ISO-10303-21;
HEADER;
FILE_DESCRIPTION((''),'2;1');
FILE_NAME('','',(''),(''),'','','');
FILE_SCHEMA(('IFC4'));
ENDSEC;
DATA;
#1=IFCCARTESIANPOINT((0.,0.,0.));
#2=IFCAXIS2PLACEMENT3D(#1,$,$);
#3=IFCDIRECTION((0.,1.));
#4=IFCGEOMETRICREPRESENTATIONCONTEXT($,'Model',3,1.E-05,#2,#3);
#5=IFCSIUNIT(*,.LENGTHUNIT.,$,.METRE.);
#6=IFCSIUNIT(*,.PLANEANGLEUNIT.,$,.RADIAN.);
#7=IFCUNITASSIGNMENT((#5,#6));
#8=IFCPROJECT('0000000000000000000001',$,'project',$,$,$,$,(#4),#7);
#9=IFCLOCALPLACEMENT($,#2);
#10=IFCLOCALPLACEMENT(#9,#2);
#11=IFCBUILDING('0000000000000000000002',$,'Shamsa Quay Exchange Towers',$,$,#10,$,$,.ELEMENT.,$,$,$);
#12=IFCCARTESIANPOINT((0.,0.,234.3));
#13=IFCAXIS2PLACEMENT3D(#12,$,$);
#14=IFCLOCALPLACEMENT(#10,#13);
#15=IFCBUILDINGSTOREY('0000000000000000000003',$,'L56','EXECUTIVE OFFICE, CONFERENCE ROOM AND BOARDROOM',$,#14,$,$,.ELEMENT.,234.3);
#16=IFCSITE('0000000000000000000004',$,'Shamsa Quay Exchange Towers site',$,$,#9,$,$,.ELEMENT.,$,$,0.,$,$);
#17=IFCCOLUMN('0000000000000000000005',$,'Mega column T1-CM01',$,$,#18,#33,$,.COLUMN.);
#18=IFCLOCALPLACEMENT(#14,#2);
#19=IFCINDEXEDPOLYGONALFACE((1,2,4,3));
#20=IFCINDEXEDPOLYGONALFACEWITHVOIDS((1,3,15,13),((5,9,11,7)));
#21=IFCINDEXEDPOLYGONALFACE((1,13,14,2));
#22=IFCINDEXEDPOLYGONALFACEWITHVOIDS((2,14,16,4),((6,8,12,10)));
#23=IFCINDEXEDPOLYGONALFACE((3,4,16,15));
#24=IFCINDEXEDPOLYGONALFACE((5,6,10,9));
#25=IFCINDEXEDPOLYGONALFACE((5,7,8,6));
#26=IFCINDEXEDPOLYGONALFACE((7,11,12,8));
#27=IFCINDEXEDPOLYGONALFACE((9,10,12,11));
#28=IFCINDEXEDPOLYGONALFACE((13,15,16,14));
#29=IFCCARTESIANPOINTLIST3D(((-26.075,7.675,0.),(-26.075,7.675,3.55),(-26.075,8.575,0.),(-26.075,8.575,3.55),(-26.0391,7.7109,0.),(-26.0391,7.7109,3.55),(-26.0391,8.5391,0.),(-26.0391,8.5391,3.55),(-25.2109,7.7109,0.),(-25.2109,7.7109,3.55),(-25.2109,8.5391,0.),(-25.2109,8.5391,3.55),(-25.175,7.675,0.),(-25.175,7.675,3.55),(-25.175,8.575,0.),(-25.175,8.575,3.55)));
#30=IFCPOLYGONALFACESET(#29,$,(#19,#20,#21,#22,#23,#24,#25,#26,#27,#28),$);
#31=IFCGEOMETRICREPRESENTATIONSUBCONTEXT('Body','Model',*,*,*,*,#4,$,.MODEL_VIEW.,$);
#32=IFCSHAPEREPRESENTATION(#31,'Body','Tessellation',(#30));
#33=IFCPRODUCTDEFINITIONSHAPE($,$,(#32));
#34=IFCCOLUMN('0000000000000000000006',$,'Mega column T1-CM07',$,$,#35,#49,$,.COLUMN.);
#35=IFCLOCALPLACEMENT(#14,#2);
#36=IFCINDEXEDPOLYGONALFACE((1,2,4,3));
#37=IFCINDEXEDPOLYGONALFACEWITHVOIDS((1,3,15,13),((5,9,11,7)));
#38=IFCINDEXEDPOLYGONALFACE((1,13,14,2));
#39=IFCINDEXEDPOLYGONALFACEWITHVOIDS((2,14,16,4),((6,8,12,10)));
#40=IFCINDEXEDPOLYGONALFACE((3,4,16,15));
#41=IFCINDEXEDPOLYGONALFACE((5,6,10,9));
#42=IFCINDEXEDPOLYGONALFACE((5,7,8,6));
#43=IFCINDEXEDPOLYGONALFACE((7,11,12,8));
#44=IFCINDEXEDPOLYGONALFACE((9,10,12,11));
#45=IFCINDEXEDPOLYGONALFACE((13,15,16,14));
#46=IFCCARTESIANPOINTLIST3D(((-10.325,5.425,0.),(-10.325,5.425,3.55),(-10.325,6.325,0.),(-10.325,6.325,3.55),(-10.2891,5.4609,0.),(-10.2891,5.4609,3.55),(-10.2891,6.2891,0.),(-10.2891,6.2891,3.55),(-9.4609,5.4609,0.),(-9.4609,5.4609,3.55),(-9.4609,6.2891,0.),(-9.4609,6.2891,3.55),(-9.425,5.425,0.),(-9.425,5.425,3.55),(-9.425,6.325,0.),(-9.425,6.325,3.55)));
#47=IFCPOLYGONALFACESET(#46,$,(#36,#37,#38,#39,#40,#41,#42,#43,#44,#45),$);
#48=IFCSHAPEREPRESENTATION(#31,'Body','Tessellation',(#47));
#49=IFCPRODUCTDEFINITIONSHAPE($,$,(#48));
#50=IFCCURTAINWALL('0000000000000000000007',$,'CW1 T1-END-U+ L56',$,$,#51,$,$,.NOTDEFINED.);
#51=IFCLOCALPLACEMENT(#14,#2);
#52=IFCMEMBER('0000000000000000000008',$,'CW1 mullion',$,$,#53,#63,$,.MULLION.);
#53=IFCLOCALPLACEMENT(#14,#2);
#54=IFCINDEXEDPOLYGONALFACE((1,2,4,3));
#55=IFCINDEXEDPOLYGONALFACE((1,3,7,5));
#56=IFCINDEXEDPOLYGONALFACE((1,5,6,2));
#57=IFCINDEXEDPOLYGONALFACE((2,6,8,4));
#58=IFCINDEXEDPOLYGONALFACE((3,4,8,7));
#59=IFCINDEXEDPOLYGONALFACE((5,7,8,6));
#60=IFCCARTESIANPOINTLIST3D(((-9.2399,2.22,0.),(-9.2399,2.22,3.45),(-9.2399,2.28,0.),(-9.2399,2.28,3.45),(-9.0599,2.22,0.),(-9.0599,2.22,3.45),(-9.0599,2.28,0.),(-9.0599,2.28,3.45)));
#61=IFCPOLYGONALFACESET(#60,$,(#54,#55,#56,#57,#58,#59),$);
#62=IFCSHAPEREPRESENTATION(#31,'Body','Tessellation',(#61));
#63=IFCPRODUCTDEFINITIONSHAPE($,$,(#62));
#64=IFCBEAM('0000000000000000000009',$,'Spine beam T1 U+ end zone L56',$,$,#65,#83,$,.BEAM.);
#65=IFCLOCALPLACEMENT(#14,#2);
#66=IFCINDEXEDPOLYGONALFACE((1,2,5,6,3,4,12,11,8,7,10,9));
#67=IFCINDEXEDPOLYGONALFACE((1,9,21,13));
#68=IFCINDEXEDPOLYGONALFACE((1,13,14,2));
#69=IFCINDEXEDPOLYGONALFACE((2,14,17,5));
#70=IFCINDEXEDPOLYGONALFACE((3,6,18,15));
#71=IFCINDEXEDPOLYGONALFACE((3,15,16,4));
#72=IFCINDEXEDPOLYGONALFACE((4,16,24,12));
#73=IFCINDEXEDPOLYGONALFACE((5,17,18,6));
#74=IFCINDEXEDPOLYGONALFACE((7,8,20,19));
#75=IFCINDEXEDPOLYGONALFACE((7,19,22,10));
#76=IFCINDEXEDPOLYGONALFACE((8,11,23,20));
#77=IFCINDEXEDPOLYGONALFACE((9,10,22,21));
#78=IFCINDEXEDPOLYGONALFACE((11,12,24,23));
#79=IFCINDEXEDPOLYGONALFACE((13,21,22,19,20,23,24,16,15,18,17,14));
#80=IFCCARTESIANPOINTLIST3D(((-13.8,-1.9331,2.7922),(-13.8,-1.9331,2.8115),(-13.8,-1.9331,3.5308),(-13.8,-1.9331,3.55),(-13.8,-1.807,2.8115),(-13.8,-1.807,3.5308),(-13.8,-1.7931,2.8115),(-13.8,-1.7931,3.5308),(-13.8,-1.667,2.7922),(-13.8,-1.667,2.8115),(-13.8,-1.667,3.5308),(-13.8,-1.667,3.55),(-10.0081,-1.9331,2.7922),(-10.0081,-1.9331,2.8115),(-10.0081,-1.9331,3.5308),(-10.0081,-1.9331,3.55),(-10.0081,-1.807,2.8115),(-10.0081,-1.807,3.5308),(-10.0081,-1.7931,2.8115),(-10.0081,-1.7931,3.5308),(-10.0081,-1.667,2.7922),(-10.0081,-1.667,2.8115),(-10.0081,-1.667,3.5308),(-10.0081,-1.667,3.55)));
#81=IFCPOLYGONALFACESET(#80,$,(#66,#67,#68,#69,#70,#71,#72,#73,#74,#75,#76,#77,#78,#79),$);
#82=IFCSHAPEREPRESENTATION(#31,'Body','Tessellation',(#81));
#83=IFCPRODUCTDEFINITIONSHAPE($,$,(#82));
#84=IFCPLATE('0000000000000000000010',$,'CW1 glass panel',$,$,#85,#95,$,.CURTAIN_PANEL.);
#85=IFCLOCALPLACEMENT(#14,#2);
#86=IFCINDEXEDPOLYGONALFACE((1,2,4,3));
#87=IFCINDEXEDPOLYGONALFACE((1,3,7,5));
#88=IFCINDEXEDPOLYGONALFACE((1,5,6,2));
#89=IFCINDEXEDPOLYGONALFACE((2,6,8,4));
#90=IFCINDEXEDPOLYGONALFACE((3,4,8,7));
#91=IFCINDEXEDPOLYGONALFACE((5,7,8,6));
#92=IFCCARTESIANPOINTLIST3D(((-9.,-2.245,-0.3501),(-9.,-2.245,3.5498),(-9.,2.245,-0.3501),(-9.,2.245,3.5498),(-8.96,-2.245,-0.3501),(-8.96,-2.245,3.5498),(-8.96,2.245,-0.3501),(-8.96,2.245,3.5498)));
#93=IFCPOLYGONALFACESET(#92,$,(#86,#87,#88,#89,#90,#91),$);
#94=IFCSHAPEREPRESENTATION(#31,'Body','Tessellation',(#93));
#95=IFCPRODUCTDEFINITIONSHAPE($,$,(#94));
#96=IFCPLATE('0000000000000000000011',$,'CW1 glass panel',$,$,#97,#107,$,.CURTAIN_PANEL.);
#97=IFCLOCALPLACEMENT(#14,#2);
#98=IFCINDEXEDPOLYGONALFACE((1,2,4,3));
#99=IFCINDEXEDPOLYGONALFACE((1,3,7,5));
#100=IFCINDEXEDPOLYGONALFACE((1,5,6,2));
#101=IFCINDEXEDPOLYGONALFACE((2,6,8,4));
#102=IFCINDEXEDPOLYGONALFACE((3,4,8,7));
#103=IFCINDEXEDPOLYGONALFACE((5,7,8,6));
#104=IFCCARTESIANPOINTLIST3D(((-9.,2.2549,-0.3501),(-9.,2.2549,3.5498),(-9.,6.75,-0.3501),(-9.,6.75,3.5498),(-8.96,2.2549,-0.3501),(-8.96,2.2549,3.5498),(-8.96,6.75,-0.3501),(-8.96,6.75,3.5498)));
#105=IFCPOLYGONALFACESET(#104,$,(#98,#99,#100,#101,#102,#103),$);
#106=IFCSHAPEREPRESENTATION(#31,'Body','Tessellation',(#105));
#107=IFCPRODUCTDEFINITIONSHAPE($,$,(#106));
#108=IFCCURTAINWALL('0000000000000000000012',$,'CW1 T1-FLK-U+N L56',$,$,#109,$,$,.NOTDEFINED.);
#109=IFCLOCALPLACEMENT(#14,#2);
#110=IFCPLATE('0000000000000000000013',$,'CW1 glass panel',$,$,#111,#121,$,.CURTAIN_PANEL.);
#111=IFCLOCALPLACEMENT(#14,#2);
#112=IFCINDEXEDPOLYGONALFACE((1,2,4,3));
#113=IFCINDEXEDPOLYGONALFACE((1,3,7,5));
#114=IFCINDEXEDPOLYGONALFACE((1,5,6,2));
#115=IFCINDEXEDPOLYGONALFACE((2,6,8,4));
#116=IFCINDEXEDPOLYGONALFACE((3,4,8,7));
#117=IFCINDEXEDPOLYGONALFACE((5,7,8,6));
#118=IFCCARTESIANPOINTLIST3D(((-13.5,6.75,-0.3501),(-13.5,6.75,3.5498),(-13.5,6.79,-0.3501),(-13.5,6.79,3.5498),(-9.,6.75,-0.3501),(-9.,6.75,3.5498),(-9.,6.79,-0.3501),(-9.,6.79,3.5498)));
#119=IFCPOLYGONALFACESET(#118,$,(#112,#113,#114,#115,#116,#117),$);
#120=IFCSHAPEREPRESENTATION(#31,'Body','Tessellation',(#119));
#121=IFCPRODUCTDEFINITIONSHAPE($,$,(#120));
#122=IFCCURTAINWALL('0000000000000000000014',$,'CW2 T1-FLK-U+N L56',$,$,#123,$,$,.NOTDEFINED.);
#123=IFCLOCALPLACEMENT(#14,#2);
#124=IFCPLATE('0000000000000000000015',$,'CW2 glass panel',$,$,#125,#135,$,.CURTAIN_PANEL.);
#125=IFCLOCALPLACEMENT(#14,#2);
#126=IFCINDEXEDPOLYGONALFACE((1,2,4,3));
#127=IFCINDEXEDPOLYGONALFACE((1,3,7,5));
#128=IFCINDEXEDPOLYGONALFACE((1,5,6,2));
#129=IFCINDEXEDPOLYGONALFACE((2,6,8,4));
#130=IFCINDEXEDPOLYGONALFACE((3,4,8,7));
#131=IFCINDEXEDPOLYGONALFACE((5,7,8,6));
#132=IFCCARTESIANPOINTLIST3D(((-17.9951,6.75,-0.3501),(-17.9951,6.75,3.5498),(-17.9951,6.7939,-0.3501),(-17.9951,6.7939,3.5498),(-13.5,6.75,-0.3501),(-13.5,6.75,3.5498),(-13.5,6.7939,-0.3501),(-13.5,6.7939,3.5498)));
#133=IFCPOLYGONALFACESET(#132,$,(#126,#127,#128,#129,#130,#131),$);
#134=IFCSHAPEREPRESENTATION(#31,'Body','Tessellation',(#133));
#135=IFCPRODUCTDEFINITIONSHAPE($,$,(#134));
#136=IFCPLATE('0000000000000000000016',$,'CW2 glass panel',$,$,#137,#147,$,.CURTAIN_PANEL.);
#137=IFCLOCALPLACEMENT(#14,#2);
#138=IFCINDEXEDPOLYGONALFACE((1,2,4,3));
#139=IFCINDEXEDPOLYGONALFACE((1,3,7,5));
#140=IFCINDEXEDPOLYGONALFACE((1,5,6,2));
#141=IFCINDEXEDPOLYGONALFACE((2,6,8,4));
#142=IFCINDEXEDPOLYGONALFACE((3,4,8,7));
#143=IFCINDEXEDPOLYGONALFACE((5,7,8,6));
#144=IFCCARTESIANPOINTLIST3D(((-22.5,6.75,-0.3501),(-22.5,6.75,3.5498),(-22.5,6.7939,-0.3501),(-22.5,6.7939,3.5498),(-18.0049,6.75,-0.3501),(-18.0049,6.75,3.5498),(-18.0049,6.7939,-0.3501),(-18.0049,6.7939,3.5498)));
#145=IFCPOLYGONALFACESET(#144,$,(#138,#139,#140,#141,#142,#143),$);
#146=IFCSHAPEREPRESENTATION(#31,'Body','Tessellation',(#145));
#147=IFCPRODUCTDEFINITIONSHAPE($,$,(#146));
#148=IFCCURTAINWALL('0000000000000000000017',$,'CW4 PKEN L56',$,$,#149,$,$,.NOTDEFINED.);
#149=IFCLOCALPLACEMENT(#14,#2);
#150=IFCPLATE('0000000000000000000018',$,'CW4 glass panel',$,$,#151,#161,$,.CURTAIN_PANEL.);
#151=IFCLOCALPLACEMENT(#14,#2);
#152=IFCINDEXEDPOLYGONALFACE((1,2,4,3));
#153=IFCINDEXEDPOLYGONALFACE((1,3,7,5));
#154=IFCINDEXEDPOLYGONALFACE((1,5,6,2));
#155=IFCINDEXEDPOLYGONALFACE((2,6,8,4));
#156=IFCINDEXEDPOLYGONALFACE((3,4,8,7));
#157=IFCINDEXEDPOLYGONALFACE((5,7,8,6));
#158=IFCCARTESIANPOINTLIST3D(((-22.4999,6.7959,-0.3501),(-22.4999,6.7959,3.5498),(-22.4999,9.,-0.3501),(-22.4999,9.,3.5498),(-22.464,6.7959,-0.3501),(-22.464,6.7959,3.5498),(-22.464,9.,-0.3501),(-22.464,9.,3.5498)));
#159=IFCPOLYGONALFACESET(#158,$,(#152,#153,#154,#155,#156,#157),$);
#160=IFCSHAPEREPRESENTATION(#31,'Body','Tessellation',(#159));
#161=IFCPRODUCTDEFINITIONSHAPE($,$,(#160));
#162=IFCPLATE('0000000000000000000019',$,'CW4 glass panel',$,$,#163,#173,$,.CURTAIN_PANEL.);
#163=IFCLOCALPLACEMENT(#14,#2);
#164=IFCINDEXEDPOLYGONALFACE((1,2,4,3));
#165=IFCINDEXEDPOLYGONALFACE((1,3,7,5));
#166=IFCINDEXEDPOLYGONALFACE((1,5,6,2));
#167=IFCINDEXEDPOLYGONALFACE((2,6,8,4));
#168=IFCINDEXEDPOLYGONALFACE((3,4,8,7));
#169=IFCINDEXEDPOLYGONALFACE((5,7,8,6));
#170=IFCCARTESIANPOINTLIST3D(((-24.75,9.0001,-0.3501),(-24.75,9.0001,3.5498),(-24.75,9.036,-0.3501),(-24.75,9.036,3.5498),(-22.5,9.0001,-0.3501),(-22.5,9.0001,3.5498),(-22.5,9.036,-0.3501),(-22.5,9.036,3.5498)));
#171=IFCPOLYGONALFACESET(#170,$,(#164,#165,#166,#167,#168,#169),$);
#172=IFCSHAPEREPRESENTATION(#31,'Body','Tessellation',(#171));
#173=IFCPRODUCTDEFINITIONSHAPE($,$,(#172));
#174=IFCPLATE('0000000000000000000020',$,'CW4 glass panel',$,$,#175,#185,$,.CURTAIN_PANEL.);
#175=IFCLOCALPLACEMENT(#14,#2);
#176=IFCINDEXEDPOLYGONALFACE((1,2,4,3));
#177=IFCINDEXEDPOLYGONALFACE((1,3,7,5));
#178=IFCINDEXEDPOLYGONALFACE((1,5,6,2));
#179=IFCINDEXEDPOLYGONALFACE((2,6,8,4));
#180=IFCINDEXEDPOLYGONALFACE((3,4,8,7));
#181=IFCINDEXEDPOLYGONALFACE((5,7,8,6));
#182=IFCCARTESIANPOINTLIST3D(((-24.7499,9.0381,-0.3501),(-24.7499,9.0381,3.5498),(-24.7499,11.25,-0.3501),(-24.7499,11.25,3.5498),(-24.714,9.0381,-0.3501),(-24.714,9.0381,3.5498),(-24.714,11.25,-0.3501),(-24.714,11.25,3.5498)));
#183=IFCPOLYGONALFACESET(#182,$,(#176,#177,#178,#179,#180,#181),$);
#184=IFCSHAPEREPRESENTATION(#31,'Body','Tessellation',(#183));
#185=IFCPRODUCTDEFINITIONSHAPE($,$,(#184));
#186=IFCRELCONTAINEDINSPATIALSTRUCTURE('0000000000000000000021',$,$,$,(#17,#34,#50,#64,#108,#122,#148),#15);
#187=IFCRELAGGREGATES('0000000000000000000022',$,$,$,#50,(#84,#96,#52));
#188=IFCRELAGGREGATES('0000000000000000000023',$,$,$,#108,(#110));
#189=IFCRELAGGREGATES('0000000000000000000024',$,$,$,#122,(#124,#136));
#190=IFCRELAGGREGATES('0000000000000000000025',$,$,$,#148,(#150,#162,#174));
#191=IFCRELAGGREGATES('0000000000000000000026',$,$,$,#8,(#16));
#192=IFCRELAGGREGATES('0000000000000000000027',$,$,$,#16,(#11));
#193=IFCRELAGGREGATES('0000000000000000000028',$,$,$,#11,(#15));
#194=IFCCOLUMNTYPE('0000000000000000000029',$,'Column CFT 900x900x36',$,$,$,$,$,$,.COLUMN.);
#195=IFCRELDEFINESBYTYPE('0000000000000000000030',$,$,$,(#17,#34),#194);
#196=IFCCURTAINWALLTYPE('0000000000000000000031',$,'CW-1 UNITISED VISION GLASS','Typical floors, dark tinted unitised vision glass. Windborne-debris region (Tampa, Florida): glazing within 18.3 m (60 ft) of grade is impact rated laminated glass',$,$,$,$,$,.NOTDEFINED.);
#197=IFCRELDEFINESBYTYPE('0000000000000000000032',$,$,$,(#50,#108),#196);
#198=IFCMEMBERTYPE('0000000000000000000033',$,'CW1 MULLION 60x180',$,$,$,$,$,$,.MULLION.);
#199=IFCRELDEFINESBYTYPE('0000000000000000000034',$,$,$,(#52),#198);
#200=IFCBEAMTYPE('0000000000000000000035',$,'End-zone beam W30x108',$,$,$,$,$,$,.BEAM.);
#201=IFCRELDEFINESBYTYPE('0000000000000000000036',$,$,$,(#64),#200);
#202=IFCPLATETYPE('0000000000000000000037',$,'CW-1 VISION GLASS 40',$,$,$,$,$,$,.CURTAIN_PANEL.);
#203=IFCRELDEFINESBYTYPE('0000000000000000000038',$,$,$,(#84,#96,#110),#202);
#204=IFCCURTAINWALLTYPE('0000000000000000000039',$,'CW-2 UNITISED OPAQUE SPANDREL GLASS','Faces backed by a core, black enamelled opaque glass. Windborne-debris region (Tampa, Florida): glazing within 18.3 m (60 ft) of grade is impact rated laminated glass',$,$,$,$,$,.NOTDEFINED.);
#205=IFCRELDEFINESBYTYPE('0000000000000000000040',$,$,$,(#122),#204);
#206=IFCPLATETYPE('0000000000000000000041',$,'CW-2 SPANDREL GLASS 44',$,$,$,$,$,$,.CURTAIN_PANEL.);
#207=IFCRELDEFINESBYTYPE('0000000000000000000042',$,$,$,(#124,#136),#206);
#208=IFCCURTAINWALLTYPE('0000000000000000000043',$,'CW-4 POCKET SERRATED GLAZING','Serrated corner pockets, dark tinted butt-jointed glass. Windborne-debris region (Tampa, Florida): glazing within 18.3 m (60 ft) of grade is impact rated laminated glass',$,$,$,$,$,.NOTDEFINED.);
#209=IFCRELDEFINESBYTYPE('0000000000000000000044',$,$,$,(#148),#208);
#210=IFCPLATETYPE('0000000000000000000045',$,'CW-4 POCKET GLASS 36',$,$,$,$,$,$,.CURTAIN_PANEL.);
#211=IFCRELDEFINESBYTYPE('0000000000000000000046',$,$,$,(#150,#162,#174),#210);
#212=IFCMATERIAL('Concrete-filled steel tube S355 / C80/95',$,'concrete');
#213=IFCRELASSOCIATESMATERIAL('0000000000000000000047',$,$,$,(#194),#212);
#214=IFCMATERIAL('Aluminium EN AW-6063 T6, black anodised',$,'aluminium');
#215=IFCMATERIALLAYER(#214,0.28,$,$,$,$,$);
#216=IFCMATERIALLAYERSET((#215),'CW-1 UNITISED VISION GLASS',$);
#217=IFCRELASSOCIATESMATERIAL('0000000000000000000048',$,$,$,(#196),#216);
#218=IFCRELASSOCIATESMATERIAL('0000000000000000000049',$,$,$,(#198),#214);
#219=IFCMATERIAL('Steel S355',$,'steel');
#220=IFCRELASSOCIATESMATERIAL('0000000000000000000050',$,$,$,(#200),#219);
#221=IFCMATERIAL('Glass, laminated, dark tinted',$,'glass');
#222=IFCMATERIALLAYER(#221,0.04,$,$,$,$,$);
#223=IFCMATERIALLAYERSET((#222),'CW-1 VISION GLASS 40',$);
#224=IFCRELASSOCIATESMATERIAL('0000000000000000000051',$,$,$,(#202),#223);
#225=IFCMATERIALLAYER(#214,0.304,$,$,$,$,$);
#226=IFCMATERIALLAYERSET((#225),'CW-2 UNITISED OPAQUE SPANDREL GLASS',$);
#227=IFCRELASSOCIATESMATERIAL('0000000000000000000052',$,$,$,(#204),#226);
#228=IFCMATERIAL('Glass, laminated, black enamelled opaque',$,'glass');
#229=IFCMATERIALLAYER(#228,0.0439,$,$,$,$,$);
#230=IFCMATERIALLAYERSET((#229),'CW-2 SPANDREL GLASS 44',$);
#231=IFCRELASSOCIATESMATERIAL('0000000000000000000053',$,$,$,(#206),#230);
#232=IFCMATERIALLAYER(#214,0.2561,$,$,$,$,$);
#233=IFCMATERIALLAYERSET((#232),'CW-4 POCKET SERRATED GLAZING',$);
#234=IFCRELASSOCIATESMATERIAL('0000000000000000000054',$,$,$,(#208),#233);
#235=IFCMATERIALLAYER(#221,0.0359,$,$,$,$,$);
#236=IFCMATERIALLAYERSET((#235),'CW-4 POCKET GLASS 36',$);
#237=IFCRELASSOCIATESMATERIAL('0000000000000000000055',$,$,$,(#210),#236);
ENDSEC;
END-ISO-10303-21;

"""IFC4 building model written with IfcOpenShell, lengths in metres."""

from ifc_helpers import new_model, si_unit, direction, frame, origin, origin_2d, place, context, subcontext, project, spatial, rectangle, hollow_rectangle, i_section, extrude, material, layer, layer_set, material_profile, profile_set, type_object, element, aggregate, save


model = new_model("IFC4")

# Units and contexts
model_context = context("Model", 3, precision=1e-05, world=origin(), true_north=direction((0.0, 1.0)))
body_context = subcontext(model_context, "Body", "Model", "MODEL_VIEW")
ifc_project = project(units=[si_unit("LENGTHUNIT", "METRE"), si_unit("PLANEANGLEUNIT", "RADIAN")], contexts=[model_context])

# Site, building, storey
site_placement = place(None, origin())
site = spatial("IfcSite", under=ifc_project, at=site_placement, Name="Shamsa Quay Exchange Towers site", CompositionType="ELEMENT", RefElevation=0.0)
building_placement = place(site_placement, origin())
building = spatial("IfcBuilding", under=site, at=building_placement, Name="Shamsa Quay Exchange Towers", CompositionType="ELEMENT")
storey_placement = place(building_placement, frame((0.0, 0.0, 234.3)))
storey = spatial("IfcBuildingStorey", under=building, at=storey_placement, Name="L56", Description="EXECUTIVE OFFICE, CONFERENCE ROOM AND BOARDROOM", CompositionType="ELEMENT", Elevation=234.3)

# Columns
ifc_material_1 = material(Name="Concrete-filled steel tube S355 / C80/95", Category="concrete")
ifc_material_profile_1 = material_profile(ifc_material_1, hollow_rectangle(XDim=0.8999, YDim=0.8999, WallThickness=0.0359, at=origin_2d()), Name="CFT 900x900x36")
ifc_profile_set_1 = profile_set([ifc_material_profile_1], Name="Concrete-filled steel tube S355 / C80/95")
column_type = type_object("IfcColumnType", Name="Column CFT 900x900x36", PredefinedType="COLUMN", material=ifc_profile_set_1)
for number, where, name in (
    (1, (-25.625, 8.125, 0.0), "Mega column T1-CM01"),
    (2, (-9.875, 5.875, 0.0), "Mega column T1-CM07"),
):
    element("IfcColumn", number, at=place(storey_placement, frame(where)), inside=storey, type_object=column_type, Name=name, PredefinedType="COLUMN", context=body_context, shape_type="SweptSolid", body=[
        extrude(hollow_rectangle(XDim=0.8999, YDim=0.8999, WallThickness=0.0359, at=origin_2d()), origin(), (0.0, 0.0, 1.0), 3.55),
    ])

# Curtain wall, member
ifc_material_2 = material(Name="Aluminium EN AW-6063 T6, black anodised", Category="aluminium")
ifc_layer_1 = layer(ifc_material_2, 0.28)
ifc_layer_set_1 = layer_set([ifc_layer_1], Name="CW-1 UNITISED VISION GLASS")
curtain_wall_type_1 = type_object("IfcCurtainWallType", Name="CW-1 UNITISED VISION GLASS", Description="Typical floors, dark tinted unitised vision glass. Windborne-debris region (Tampa, Florida): glazing within 18.3 m (60 ft) of grade is impact rated laminated glass", PredefinedType="NOTDEFINED", material=ifc_layer_set_1)
curtain_wall_1_placement = place(storey_placement, origin())
curtain_wall_1 = element("IfcCurtainWall", 3, at=curtain_wall_1_placement, inside=storey, type_object=curtain_wall_type_1, Name="CW1 T1-END-U+ L56", PredefinedType="NOTDEFINED")
ifc_material_profile_2 = material_profile(ifc_material_2, rectangle(XDim=0.1799, YDim=0.0601, at=origin_2d()), Name="MU60x180")
ifc_profile_set_2 = profile_set([ifc_material_profile_2], Name="Aluminium EN AW-6063 T6, black anodised")
member_type = type_object("IfcMemberType", Name="CW1 MULLION 60x180", PredefinedType="MULLION", material=ifc_profile_set_2)
member_placement = place(storey_placement, frame((-9.1499, 2.25, 0.0), z_axis=(0.0, 0.0, 1.0), x_axis=(-1.0, 0.0, 0.0)))
member = element("IfcMember", 4, at=member_placement, type_object=member_type, Name="CW1 mullion", PredefinedType="MULLION", context=body_context, shape_type="SweptSolid", body=[
    extrude(rectangle(XDim=0.1799, YDim=0.0601, at=origin_2d()), origin(), (0.0, 0.0, 1.0), 3.45),
])

# Beam
ifc_material_3 = material(Name="Steel S355", Category="steel")
ifc_material_profile_3 = material_profile(ifc_material_3, i_section(OverallWidth=0.2661, OverallDepth=0.7578, WebThickness=0.0139, FlangeThickness=0.0193, at=origin_2d()), Name="W30x108")
ifc_profile_set_3 = profile_set([ifc_material_profile_3], Name="Steel S355")
beam_type = type_object("IfcBeamType", Name="End-zone beam W30x108", PredefinedType="BEAM", material=ifc_profile_set_3)
beam_placement = place(storey_placement, frame((-13.8, -1.8, 3.1711), z_axis=(1.0, 0.0, 0.0), x_axis=(0.0, 1.0, 0.0)))
element("IfcBeam", 5, at=beam_placement, inside=storey, type_object=beam_type, Name="Spine beam T1 U+ end zone L56", PredefinedType="BEAM", context=body_context, shape_type="SweptSolid", body=[
    extrude(i_section(OverallWidth=0.2661, OverallDepth=0.7578, WebThickness=0.0139, FlangeThickness=0.0193, at=origin_2d()), origin(), (0.0, 0.0, 1.0), 3.792),
])

# Plates
ifc_material_4 = material(Name="Glass, laminated, dark tinted", Category="glass")
ifc_layer_2 = layer(ifc_material_4, 0.04)
ifc_layer_set_2 = layer_set([ifc_layer_2], Name="CW-1 VISION GLASS 40")
plate_type_1 = type_object("IfcPlateType", Name="CW-1 VISION GLASS 40", PredefinedType="CURTAIN_PANEL", material=ifc_layer_set_2)
plate_1_placement = place(storey_placement, frame((-8.98, 0.0, -0.3501), z_axis=(0.0, 0.0, 1.0), x_axis=(0.0, 1.0, 0.0)))
plate_1 = element("IfcPlate", 6, at=plate_1_placement, type_object=plate_type_1, Name="CW1 glass panel", PredefinedType="CURTAIN_PANEL", context=body_context, shape_type="SweptSolid", body=[
    extrude(rectangle(XDim=4.49, YDim=0.04, at=origin_2d()), origin(), (0.0, 0.0, 1.0), 3.8999),
])
plate_2_placement = place(storey_placement, frame((-8.98, 4.5024, -0.3501), z_axis=(0.0, 0.0, 1.0), x_axis=(0.0, 1.0, 0.0)))
plate_2 = element("IfcPlate", 7, at=plate_2_placement, type_object=plate_type_1, Name="CW1 glass panel", PredefinedType="CURTAIN_PANEL", context=body_context, shape_type="SweptSolid", body=[
    extrude(rectangle(XDim=4.4951, YDim=0.04, at=origin_2d()), origin(), (0.0, 0.0, 1.0), 3.8999),
])
aggregate(curtain_wall_1, [plate_1, plate_2, member])

# Curtain wall, plate
curtain_wall_2_placement = place(storey_placement, origin())
curtain_wall_2 = element("IfcCurtainWall", 8, at=curtain_wall_2_placement, inside=storey, type_object=curtain_wall_type_1, Name="CW1 T1-FLK-U+N L56", PredefinedType="NOTDEFINED")
plate_3_placement = place(storey_placement, frame((-11.25, 6.77, -0.3501), z_axis=(0.0, 0.0, 1.0), x_axis=(-1.0, 0.0, 0.0)))
plate_3 = element("IfcPlate", 9, at=plate_3_placement, type_object=plate_type_1, Name="CW1 glass panel", PredefinedType="CURTAIN_PANEL", context=body_context, shape_type="SweptSolid", body=[
    extrude(rectangle(XDim=4.5, YDim=0.04, at=origin_2d()), origin(), (0.0, 0.0, 1.0), 3.8999),
])
aggregate(curtain_wall_2, [plate_3])

# Curtain walls, plates
ifc_layer_3 = layer(ifc_material_2, 0.304)
ifc_layer_set_3 = layer_set([ifc_layer_3], Name="CW-2 UNITISED OPAQUE SPANDREL GLASS")
curtain_wall_type_2 = type_object("IfcCurtainWallType", Name="CW-2 UNITISED OPAQUE SPANDREL GLASS", Description="Faces backed by a core, black enamelled opaque glass. Windborne-debris region (Tampa, Florida): glazing within 18.3 m (60 ft) of grade is impact rated laminated glass", PredefinedType="NOTDEFINED", material=ifc_layer_set_3)
curtain_wall_3_placement = place(storey_placement, origin())
curtain_wall_3 = element("IfcCurtainWall", 10, at=curtain_wall_3_placement, inside=storey, type_object=curtain_wall_type_2, Name="CW2 T1-FLK-U+N L56", PredefinedType="NOTDEFINED")
ifc_material_5 = material(Name="Glass, laminated, black enamelled opaque", Category="glass")
ifc_layer_4 = layer(ifc_material_5, 0.0439)
ifc_layer_set_4 = layer_set([ifc_layer_4], Name="CW-2 SPANDREL GLASS 44")
plate_type_2 = type_object("IfcPlateType", Name="CW-2 SPANDREL GLASS 44", PredefinedType="CURTAIN_PANEL", material=ifc_layer_set_4)
plate_4_placement = place(storey_placement, frame((-15.7476, 6.772, -0.3501), z_axis=(0.0, 0.0, 1.0), x_axis=(-1.0, 0.0, 0.0)))
plate_4 = element("IfcPlate", 11, at=plate_4_placement, type_object=plate_type_2, Name="CW2 glass panel", PredefinedType="CURTAIN_PANEL", context=body_context, shape_type="SweptSolid", body=[
    extrude(rectangle(XDim=4.4951, YDim=0.0439, at=origin_2d()), origin(), (0.0, 0.0, 1.0), 3.8999),
])
plate_5_placement = place(storey_placement, frame((-20.2524, 6.772, -0.3501), z_axis=(0.0, 0.0, 1.0), x_axis=(-1.0, 0.0, 0.0)))
plate_5 = element("IfcPlate", 12, at=plate_5_placement, type_object=plate_type_2, Name="CW2 glass panel", PredefinedType="CURTAIN_PANEL", context=body_context, shape_type="SweptSolid", body=[
    extrude(rectangle(XDim=4.4951, YDim=0.0439, at=origin_2d()), origin(), (0.0, 0.0, 1.0), 3.8999),
])
aggregate(curtain_wall_3, [plate_4, plate_5])
ifc_layer_5 = layer(ifc_material_2, 0.2561)
ifc_layer_set_5 = layer_set([ifc_layer_5], Name="CW-4 POCKET SERRATED GLAZING")
curtain_wall_type_3 = type_object("IfcCurtainWallType", Name="CW-4 POCKET SERRATED GLAZING", Description="Serrated corner pockets, dark tinted butt-jointed glass. Windborne-debris region (Tampa, Florida): glazing within 18.3 m (60 ft) of grade is impact rated laminated glass", PredefinedType="NOTDEFINED", material=ifc_layer_set_5)
curtain_wall_4_placement = place(storey_placement, origin())
curtain_wall_4 = element("IfcCurtainWall", 13, at=curtain_wall_4_placement, inside=storey, type_object=curtain_wall_type_3, Name="CW4 PKEN L56", PredefinedType="NOTDEFINED")
ifc_layer_6 = layer(ifc_material_4, 0.0359)
ifc_layer_set_6 = layer_set([ifc_layer_6], Name="CW-4 POCKET GLASS 36")
plate_type_3 = type_object("IfcPlateType", Name="CW-4 POCKET GLASS 36", PredefinedType="CURTAIN_PANEL", material=ifc_layer_set_6)
plate_6_placement = place(storey_placement, frame((-22.4819, 7.8979, -0.3501), z_axis=(0.0, 0.0, 1.0), x_axis=(0.0, 1.0, 0.0)))
plate_6 = element("IfcPlate", 14, at=plate_6_placement, type_object=plate_type_3, Name="CW4 glass panel", PredefinedType="CURTAIN_PANEL", context=body_context, shape_type="SweptSolid", body=[
    extrude(rectangle(XDim=2.2041, YDim=0.0359, at=origin_2d()), origin(), (0.0, 0.0, 1.0), 3.8999),
])
plate_7_placement = place(storey_placement, frame((-23.625, 9.0181, -0.3501), z_axis=(0.0, 0.0, 1.0), x_axis=(-1.0, 0.0, 0.0)))
plate_7 = element("IfcPlate", 15, at=plate_7_placement, type_object=plate_type_3, Name="CW4 glass panel", PredefinedType="CURTAIN_PANEL", context=body_context, shape_type="SweptSolid", body=[
    extrude(rectangle(XDim=2.25, YDim=0.0359, at=origin_2d()), origin(), (0.0, 0.0, 1.0), 3.8999),
])
plate_8_placement = place(storey_placement, frame((-24.7319, 10.144, -0.3501), z_axis=(0.0, 0.0, 1.0), x_axis=(0.0, 1.0, 0.0)))
plate_8 = element("IfcPlate", 16, at=plate_8_placement, type_object=plate_type_3, Name="CW4 glass panel", PredefinedType="CURTAIN_PANEL", context=body_context, shape_type="SweptSolid", body=[
    extrude(rectangle(XDim=2.2119, YDim=0.0359, at=origin_2d()), origin(), (0.0, 0.0, 1.0), 3.8999),
])
aggregate(curtain_wall_4, [plate_6, plate_7, plate_8])

save(model, "model.ifc")
